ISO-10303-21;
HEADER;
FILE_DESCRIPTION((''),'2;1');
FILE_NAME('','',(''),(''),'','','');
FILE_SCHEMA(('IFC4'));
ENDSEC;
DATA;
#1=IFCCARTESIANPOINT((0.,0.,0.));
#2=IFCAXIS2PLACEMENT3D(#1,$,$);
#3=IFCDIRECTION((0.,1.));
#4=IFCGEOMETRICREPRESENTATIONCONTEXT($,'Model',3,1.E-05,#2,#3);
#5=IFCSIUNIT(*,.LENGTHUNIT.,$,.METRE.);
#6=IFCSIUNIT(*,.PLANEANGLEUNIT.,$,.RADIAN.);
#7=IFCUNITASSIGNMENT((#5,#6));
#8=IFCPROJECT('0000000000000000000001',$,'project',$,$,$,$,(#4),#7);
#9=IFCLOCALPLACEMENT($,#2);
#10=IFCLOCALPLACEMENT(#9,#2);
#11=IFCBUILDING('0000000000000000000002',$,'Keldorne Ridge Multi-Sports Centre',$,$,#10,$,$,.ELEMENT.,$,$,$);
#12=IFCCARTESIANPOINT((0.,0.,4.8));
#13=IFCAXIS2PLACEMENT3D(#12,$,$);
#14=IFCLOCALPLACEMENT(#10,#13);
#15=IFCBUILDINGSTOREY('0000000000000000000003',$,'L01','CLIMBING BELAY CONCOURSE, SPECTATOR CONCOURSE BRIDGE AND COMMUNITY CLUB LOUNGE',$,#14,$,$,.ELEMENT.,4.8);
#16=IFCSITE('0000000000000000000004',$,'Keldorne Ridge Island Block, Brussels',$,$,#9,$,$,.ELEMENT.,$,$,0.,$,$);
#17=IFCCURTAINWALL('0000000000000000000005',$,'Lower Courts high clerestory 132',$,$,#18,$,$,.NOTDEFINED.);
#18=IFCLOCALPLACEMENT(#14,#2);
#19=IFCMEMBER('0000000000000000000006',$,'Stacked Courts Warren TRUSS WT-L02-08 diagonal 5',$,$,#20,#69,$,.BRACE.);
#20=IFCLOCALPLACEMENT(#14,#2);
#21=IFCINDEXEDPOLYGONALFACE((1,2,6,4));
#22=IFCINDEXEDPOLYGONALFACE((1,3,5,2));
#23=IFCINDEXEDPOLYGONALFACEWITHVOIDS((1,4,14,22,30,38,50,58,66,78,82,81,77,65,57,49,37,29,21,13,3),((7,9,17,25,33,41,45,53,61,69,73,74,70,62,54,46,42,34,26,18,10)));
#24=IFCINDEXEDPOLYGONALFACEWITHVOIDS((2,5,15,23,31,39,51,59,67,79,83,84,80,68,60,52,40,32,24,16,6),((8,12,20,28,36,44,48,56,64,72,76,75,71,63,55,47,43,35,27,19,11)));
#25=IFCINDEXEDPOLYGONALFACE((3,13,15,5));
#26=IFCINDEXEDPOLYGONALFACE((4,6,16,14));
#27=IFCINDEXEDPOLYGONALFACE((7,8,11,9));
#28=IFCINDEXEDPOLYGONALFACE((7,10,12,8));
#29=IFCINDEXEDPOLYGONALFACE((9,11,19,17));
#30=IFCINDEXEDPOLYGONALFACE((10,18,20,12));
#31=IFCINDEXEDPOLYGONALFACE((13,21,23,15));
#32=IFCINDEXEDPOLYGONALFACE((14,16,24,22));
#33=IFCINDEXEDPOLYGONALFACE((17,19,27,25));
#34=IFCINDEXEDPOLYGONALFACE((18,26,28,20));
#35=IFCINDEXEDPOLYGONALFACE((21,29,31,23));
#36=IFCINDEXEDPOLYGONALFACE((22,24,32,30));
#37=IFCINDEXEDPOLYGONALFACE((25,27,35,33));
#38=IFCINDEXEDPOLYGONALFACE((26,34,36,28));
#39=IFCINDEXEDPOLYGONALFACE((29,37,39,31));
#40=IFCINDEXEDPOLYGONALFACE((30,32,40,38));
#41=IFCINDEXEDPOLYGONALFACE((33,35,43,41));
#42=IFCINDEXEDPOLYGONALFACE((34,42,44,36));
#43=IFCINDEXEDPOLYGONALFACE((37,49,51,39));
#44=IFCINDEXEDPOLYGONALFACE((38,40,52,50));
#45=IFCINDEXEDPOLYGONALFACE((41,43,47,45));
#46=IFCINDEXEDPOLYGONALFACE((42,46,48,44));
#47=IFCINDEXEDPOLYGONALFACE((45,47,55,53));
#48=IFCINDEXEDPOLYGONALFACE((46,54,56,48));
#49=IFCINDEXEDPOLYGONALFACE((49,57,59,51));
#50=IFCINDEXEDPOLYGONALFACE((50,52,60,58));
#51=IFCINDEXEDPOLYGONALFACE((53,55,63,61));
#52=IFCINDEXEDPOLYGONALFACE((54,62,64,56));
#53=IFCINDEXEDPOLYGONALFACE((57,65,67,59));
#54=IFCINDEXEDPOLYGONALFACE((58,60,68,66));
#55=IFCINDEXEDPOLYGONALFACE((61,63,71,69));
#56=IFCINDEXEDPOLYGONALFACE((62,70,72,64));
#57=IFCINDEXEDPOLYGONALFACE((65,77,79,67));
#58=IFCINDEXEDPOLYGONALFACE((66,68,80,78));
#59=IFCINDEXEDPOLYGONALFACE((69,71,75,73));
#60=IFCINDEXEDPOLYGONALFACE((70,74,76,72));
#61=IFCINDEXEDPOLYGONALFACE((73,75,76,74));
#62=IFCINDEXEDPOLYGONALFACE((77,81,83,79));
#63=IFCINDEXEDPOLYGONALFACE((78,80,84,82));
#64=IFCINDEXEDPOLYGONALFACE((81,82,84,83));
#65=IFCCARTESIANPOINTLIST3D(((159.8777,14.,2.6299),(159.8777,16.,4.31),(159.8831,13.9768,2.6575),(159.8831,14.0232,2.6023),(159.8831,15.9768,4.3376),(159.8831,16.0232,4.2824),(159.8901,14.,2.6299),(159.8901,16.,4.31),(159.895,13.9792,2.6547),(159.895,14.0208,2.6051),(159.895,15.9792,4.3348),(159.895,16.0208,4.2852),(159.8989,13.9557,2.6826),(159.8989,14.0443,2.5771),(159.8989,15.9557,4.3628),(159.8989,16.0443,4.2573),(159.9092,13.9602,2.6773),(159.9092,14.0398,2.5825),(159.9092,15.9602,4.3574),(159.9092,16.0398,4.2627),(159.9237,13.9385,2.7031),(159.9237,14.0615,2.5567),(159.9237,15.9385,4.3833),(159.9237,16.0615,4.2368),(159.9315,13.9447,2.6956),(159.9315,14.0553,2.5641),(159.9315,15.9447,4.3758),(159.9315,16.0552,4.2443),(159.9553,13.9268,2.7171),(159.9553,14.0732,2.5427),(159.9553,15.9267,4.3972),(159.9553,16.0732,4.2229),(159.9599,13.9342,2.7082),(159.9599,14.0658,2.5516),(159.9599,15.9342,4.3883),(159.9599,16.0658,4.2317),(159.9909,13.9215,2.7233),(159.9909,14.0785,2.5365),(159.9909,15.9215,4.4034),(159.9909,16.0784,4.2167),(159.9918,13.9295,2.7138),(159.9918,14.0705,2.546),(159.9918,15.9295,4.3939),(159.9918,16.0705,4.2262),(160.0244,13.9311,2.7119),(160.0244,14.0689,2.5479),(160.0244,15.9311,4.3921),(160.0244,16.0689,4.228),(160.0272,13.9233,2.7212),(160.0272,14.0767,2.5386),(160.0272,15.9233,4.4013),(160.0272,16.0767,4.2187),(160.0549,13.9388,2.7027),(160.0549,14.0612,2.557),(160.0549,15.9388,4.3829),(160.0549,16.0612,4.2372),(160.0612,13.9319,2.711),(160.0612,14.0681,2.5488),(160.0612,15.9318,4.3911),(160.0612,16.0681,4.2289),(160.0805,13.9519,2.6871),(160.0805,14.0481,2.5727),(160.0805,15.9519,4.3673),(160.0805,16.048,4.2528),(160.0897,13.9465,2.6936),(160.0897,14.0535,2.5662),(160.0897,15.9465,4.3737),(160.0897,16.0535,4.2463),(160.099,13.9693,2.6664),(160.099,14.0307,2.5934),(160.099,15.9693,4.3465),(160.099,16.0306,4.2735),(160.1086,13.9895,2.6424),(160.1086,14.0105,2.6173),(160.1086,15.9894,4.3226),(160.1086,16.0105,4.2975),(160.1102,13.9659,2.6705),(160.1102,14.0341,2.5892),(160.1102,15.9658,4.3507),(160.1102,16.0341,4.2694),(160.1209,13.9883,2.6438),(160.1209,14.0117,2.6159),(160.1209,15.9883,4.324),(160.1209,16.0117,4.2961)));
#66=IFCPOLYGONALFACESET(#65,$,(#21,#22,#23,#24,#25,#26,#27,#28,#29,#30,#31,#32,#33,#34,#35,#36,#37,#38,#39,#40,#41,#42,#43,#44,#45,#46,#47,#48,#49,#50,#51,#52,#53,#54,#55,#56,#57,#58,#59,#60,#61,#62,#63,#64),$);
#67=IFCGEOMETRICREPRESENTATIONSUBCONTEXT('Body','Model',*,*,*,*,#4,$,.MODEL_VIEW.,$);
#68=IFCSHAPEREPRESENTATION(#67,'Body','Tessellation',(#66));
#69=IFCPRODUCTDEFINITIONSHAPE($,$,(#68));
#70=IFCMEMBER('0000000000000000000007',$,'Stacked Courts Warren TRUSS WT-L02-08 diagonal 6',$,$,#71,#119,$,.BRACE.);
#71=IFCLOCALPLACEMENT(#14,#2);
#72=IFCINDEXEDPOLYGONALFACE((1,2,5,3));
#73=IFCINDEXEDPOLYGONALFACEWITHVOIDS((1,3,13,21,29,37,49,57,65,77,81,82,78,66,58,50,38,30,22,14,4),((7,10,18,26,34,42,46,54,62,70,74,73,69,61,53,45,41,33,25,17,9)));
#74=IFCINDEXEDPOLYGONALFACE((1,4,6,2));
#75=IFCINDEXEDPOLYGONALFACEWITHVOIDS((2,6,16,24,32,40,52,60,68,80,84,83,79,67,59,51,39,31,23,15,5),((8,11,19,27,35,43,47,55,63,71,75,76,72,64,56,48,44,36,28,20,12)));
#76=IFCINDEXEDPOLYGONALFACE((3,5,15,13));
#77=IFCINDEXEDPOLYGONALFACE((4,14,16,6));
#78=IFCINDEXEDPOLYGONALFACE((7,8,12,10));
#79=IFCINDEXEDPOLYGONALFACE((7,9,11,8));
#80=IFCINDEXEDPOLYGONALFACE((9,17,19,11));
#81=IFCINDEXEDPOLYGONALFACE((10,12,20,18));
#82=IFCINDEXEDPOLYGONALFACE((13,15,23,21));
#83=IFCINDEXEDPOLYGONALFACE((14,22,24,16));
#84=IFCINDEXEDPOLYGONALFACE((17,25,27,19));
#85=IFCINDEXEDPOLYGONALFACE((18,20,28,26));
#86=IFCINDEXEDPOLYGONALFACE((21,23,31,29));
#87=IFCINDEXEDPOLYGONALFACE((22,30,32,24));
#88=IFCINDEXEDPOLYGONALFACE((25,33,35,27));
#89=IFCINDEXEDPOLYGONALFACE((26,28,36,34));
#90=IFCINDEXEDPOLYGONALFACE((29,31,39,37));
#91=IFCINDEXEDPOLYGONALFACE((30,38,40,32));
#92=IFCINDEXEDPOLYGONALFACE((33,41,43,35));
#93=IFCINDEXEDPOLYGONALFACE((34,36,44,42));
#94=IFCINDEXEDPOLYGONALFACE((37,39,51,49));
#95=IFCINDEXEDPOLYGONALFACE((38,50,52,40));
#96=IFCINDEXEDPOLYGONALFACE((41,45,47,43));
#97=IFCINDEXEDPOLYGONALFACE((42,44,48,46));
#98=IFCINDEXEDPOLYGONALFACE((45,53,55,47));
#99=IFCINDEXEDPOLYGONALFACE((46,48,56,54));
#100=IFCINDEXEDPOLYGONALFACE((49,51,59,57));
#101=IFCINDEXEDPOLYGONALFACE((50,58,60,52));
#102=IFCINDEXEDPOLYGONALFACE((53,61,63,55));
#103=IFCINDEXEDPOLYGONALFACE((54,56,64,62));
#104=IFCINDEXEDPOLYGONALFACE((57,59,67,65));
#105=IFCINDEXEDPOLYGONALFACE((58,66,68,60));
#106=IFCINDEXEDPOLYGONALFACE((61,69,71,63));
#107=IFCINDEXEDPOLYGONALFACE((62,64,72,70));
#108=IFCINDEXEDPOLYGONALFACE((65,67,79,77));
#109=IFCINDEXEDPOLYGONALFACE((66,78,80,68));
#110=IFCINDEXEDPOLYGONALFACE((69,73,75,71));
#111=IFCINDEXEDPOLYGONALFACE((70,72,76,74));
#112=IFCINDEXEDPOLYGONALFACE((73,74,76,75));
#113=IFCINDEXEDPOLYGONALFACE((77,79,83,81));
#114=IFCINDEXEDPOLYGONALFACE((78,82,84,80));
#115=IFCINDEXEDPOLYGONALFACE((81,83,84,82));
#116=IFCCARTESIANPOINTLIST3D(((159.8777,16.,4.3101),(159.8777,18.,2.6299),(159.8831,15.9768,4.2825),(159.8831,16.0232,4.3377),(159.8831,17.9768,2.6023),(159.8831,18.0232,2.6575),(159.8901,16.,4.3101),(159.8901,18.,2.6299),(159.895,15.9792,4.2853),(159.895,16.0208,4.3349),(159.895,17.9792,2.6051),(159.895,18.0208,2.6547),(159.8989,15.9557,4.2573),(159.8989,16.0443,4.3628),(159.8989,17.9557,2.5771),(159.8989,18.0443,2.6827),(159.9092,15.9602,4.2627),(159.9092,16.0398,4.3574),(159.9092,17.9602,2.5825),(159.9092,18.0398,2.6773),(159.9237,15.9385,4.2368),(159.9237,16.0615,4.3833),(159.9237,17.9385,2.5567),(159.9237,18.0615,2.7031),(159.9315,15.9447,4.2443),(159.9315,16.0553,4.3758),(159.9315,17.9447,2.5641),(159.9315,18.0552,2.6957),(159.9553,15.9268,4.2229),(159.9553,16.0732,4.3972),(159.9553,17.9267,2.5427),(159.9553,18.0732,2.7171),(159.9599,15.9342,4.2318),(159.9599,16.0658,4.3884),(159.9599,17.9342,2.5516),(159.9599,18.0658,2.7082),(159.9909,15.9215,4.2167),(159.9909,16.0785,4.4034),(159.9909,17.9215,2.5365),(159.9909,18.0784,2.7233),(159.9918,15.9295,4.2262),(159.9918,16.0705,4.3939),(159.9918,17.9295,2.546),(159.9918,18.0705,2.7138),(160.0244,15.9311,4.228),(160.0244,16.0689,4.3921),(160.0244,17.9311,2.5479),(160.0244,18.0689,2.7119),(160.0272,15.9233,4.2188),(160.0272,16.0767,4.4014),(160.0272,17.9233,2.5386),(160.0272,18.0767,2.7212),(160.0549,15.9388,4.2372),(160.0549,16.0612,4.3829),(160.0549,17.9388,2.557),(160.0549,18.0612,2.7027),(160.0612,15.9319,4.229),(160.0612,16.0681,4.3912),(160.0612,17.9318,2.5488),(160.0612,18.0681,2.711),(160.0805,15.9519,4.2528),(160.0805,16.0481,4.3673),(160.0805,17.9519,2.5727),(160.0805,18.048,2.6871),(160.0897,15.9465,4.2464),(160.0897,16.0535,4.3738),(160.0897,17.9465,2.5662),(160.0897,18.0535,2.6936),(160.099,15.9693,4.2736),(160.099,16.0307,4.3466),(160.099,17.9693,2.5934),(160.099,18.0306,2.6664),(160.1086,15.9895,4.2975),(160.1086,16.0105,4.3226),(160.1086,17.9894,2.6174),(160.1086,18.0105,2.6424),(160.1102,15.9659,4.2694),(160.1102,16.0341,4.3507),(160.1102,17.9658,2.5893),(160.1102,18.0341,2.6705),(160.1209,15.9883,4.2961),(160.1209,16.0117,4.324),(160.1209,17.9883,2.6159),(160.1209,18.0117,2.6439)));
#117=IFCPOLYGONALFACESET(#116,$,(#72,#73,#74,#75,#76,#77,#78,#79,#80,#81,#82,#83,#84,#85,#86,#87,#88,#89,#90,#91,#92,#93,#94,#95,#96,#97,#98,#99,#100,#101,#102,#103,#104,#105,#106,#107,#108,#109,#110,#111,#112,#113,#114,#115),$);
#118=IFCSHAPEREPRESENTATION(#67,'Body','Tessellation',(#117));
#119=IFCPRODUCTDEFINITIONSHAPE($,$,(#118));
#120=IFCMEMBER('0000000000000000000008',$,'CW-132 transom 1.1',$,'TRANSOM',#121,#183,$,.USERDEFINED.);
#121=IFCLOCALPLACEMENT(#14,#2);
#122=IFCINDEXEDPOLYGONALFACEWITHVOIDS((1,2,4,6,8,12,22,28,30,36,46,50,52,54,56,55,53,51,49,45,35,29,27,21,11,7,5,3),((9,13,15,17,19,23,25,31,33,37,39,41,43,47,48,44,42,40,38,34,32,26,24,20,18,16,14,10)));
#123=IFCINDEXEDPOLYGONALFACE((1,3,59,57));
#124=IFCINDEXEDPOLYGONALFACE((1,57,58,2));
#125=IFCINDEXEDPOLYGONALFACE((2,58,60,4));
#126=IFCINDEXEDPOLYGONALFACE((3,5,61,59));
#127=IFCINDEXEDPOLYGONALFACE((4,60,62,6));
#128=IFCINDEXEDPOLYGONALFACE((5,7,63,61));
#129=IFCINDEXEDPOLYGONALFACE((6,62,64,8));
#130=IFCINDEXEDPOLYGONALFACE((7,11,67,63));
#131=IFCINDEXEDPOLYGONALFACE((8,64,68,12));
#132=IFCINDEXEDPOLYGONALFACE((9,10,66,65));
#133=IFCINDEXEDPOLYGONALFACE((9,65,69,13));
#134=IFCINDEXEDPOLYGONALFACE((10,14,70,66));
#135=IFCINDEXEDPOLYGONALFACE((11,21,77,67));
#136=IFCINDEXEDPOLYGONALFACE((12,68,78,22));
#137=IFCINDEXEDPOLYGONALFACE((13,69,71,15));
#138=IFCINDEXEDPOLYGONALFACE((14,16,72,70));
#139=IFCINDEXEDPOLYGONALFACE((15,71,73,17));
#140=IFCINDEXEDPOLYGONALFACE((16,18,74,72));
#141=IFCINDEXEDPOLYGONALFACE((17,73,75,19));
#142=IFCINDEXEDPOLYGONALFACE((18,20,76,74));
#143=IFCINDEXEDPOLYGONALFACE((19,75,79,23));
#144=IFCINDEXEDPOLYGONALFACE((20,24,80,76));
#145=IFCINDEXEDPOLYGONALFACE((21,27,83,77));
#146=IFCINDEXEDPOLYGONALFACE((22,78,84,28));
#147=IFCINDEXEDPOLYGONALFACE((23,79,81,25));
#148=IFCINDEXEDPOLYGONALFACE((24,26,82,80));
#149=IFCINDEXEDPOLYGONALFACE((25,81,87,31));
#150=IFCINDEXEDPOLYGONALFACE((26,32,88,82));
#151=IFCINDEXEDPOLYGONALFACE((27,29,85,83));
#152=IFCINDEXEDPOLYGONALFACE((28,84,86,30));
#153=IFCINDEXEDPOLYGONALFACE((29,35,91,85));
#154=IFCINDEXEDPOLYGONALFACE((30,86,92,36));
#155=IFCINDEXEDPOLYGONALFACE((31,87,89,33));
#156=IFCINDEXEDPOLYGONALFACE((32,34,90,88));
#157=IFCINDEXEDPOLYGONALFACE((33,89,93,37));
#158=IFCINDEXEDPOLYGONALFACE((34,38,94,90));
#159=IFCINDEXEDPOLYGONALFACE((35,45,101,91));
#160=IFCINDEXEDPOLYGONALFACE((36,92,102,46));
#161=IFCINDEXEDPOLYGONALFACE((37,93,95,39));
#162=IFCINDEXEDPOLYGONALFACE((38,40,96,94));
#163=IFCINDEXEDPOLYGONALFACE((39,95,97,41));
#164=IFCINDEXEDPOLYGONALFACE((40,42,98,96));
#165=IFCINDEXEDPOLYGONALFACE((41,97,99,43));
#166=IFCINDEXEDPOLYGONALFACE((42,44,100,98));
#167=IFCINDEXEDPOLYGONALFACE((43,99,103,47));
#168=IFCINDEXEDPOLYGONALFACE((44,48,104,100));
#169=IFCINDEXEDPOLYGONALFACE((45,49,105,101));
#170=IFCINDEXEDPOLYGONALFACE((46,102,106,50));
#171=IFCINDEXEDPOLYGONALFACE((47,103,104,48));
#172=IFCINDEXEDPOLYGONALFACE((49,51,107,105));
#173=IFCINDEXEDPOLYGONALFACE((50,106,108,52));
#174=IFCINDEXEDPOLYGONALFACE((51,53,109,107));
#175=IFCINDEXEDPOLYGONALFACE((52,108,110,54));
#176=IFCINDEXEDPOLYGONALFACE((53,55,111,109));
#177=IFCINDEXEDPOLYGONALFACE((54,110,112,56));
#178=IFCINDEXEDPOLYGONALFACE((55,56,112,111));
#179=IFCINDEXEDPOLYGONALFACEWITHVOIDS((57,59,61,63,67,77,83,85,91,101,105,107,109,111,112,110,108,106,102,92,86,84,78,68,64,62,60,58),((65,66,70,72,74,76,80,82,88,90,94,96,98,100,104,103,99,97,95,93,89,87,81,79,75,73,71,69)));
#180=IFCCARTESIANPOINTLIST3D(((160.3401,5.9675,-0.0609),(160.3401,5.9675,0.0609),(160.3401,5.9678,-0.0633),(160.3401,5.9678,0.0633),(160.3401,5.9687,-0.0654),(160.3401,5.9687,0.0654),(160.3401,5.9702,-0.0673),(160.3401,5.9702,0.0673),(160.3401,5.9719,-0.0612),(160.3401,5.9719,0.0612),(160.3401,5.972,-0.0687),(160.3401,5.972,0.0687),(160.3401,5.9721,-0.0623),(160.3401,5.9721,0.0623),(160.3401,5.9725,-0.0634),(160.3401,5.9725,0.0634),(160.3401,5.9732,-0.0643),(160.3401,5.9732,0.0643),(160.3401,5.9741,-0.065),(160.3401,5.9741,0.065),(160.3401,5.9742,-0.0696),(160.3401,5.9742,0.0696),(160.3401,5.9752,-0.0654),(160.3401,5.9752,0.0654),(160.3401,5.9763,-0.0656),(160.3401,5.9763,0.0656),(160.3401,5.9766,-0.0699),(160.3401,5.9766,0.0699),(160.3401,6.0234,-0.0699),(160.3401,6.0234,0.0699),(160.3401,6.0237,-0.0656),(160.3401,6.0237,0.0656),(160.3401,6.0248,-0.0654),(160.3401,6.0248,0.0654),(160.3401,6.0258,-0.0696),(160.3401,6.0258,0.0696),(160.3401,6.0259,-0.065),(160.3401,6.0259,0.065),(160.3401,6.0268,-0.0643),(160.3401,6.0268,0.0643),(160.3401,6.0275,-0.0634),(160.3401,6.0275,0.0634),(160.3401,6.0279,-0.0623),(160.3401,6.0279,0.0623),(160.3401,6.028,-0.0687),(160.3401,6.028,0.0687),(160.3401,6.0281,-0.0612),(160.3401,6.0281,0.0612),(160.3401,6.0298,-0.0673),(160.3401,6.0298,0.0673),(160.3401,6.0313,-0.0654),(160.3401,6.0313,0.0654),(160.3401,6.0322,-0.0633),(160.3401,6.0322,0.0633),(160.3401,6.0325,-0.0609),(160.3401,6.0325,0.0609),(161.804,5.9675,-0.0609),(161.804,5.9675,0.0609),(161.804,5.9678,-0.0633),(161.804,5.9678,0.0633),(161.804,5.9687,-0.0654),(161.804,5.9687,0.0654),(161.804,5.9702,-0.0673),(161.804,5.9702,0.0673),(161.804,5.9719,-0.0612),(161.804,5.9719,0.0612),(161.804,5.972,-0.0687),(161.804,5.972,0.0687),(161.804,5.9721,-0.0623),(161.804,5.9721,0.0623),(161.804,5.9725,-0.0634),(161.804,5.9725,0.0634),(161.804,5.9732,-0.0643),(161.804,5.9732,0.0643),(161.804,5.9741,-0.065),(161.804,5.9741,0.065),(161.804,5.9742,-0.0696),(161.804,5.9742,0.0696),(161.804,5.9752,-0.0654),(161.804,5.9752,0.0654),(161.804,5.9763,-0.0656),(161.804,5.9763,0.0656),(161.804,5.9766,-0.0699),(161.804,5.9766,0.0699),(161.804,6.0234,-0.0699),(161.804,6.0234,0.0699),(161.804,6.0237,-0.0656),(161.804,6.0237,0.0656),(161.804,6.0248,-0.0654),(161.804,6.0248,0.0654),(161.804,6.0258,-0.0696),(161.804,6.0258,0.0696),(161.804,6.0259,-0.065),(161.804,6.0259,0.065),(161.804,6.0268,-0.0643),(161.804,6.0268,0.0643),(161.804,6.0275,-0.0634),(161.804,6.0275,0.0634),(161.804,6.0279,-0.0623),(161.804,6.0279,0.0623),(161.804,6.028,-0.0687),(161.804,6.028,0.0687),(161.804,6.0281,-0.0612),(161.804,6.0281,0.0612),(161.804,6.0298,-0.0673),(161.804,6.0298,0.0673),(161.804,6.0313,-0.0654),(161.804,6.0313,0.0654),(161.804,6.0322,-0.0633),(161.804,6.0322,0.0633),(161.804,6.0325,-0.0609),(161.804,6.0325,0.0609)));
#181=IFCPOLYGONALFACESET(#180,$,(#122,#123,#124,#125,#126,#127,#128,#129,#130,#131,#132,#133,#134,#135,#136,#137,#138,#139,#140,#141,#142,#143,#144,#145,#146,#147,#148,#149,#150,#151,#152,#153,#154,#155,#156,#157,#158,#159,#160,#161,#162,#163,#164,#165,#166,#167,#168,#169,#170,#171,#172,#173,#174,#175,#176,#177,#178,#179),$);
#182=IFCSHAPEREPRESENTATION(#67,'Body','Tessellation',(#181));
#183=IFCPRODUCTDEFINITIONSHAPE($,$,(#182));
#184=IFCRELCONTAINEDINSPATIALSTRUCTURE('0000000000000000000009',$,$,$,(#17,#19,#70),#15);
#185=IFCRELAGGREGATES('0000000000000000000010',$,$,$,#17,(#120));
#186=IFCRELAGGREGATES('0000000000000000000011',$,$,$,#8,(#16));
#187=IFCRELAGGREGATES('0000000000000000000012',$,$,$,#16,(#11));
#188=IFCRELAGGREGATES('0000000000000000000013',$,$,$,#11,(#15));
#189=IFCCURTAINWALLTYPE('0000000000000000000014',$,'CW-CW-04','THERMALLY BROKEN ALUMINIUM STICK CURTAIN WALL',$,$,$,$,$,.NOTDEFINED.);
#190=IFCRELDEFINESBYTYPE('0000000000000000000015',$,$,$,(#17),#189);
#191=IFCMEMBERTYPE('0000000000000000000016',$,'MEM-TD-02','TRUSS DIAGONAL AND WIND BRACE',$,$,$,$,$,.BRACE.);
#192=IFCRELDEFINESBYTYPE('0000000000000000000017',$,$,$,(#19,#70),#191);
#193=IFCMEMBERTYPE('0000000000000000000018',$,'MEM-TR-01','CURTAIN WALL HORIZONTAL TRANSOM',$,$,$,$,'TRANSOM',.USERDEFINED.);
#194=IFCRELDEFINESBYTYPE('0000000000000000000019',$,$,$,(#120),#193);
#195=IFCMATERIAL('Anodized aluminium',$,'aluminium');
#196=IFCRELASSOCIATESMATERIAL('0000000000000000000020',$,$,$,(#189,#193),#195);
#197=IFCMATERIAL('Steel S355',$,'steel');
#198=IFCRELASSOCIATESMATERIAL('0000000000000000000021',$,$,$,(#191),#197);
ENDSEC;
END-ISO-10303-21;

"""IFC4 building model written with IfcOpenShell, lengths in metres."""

from ifc_helpers import new_model, si_unit, direction, frame, origin, origin_2d, place, context, subcontext, project, spatial, hollow_rectangle, hollow_circle, extrude, material, material_profile, profile_set, type_object, element, aggregate, save


model = new_model("IFC4")

# Units and contexts
model_context = context("Model", 3, precision=1e-05, world=origin(), true_north=direction((0.0, 1.0)))
body_context = subcontext(model_context, "Body", "Model", "MODEL_VIEW")
ifc_project = project(units=[si_unit("LENGTHUNIT", "METRE"), si_unit("PLANEANGLEUNIT", "RADIAN")], contexts=[model_context])

# Site, building, storey
site_placement = place(None, origin())
site = spatial("IfcSite", under=ifc_project, at=site_placement, Name="Keldorne Ridge Island Block, Brussels", CompositionType="ELEMENT", RefElevation=0.0)
building_placement = place(site_placement, origin())
building = spatial("IfcBuilding", under=site, at=building_placement, Name="Keldorne Ridge Multi-Sports Centre", CompositionType="ELEMENT")
storey_placement = place(building_placement, frame((0.0, 0.0, 4.8)))
storey = spatial("IfcBuildingStorey", under=building, at=storey_placement, Name="L01", Description="CLIMBING BELAY CONCOURSE, SPECTATOR CONCOURSE BRIDGE AND COMMUNITY CLUB LOUNGE", CompositionType="ELEMENT", Elevation=4.8)

# Shared definitions
ifc_material_1 = material(Name="Steel S355", Category="steel")

# Curtain wall
ifc_material_2 = material(Name="Anodized aluminium", Category="aluminium")
curtain_wall_type_1 = type_object("IfcCurtainWallType", Name="CW-CW-04", Description="THERMALLY BROKEN ALUMINIUM STICK CURTAIN WALL", PredefinedType="NOTDEFINED", material=ifc_material_2)
curtain_wall_1_placement = place(storey_placement, origin())
curtain_wall_1 = element("IfcCurtainWall", 1, at=curtain_wall_1_placement, inside=storey, type_object=curtain_wall_type_1, Name="Lower Courts high clerestory 132", PredefinedType="NOTDEFINED")

# Members
ifc_material_profile_1 = material_profile(ifc_material_1, hollow_circle(Radius=0.1223, WallThickness=0.0125, at=origin_2d()), Name="CHS 244.5x12.5")
ifc_profile_set_1 = profile_set([ifc_material_profile_1], Name="Steel S355")
member_type_1 = type_object("IfcMemberType", Name="MEM-TD-02", Description="TRUSS DIAGONAL AND WIND BRACE", PredefinedType="BRACE", material=ifc_profile_set_1)
for number, where, z_axis, x_axis, name in (
    (2, (160.0, 14.0, 2.6299), (0.0, 0.765672, 0.643232), (-1.0, 0.0, 0.0), "Stacked Courts Warren TRUSS WT-L02-08 diagonal 5"),
    (3, (160.0, 16.0, 4.3101), (0.0, 0.765672, -0.643232), (-1.0, 0.0, 0.0), "Stacked Courts Warren TRUSS WT-L02-08 diagonal 6"),
):
    element("IfcMember", number, at=place(storey_placement, frame(where, z_axis=z_axis, x_axis=x_axis)), inside=storey, type_object=member_type_1, Name=name, PredefinedType="BRACE", context=body_context, shape_type="SweptSolid", body=[
        extrude(hollow_circle(Radius=0.1223, WallThickness=0.0125, at=origin_2d()), origin(), (0.0, 0.0, 1.0), 2.6121),
    ])

# Member
ifc_material_profile_2 = material_profile(ifc_material_2, hollow_rectangle(XDim=0.0649, YDim=0.1399, WallThickness=0.0044, InnerFilletRadius=0.0044, OuterFilletRadius=0.009, at=origin_2d()), Name="ALU TRANSOM 140x65x4.5")
ifc_profile_set_2 = profile_set([ifc_material_profile_2], Name="Anodized aluminium")
member_type_2 = type_object("IfcMemberType", Name="MEM-TR-01", Description="CURTAIN WALL HORIZONTAL TRANSOM", ElementType="TRANSOM", PredefinedType="USERDEFINED", material=ifc_profile_set_2)
member_1_placement = place(storey_placement, frame((160.3401, 6.0, 0.0), z_axis=(1.0, 0.0, 0.0), x_axis=(0.0, 1.0, 0.0)))
member_1 = element("IfcMember", 4, at=member_1_placement, type_object=member_type_2, Name="CW-132 transom 1.1", ObjectType="TRANSOM", PredefinedType="USERDEFINED", context=body_context, shape_type="SweptSolid", body=[
    extrude(hollow_rectangle(XDim=0.0649, YDim=0.1399, WallThickness=0.0044, InnerFilletRadius=0.0044, OuterFilletRadius=0.009, at=origin_2d()), origin(), (0.0, 0.0, 1.0), 1.4639),
])

aggregate(curtain_wall_1, [member_1])

save(model, "model.ifc")
